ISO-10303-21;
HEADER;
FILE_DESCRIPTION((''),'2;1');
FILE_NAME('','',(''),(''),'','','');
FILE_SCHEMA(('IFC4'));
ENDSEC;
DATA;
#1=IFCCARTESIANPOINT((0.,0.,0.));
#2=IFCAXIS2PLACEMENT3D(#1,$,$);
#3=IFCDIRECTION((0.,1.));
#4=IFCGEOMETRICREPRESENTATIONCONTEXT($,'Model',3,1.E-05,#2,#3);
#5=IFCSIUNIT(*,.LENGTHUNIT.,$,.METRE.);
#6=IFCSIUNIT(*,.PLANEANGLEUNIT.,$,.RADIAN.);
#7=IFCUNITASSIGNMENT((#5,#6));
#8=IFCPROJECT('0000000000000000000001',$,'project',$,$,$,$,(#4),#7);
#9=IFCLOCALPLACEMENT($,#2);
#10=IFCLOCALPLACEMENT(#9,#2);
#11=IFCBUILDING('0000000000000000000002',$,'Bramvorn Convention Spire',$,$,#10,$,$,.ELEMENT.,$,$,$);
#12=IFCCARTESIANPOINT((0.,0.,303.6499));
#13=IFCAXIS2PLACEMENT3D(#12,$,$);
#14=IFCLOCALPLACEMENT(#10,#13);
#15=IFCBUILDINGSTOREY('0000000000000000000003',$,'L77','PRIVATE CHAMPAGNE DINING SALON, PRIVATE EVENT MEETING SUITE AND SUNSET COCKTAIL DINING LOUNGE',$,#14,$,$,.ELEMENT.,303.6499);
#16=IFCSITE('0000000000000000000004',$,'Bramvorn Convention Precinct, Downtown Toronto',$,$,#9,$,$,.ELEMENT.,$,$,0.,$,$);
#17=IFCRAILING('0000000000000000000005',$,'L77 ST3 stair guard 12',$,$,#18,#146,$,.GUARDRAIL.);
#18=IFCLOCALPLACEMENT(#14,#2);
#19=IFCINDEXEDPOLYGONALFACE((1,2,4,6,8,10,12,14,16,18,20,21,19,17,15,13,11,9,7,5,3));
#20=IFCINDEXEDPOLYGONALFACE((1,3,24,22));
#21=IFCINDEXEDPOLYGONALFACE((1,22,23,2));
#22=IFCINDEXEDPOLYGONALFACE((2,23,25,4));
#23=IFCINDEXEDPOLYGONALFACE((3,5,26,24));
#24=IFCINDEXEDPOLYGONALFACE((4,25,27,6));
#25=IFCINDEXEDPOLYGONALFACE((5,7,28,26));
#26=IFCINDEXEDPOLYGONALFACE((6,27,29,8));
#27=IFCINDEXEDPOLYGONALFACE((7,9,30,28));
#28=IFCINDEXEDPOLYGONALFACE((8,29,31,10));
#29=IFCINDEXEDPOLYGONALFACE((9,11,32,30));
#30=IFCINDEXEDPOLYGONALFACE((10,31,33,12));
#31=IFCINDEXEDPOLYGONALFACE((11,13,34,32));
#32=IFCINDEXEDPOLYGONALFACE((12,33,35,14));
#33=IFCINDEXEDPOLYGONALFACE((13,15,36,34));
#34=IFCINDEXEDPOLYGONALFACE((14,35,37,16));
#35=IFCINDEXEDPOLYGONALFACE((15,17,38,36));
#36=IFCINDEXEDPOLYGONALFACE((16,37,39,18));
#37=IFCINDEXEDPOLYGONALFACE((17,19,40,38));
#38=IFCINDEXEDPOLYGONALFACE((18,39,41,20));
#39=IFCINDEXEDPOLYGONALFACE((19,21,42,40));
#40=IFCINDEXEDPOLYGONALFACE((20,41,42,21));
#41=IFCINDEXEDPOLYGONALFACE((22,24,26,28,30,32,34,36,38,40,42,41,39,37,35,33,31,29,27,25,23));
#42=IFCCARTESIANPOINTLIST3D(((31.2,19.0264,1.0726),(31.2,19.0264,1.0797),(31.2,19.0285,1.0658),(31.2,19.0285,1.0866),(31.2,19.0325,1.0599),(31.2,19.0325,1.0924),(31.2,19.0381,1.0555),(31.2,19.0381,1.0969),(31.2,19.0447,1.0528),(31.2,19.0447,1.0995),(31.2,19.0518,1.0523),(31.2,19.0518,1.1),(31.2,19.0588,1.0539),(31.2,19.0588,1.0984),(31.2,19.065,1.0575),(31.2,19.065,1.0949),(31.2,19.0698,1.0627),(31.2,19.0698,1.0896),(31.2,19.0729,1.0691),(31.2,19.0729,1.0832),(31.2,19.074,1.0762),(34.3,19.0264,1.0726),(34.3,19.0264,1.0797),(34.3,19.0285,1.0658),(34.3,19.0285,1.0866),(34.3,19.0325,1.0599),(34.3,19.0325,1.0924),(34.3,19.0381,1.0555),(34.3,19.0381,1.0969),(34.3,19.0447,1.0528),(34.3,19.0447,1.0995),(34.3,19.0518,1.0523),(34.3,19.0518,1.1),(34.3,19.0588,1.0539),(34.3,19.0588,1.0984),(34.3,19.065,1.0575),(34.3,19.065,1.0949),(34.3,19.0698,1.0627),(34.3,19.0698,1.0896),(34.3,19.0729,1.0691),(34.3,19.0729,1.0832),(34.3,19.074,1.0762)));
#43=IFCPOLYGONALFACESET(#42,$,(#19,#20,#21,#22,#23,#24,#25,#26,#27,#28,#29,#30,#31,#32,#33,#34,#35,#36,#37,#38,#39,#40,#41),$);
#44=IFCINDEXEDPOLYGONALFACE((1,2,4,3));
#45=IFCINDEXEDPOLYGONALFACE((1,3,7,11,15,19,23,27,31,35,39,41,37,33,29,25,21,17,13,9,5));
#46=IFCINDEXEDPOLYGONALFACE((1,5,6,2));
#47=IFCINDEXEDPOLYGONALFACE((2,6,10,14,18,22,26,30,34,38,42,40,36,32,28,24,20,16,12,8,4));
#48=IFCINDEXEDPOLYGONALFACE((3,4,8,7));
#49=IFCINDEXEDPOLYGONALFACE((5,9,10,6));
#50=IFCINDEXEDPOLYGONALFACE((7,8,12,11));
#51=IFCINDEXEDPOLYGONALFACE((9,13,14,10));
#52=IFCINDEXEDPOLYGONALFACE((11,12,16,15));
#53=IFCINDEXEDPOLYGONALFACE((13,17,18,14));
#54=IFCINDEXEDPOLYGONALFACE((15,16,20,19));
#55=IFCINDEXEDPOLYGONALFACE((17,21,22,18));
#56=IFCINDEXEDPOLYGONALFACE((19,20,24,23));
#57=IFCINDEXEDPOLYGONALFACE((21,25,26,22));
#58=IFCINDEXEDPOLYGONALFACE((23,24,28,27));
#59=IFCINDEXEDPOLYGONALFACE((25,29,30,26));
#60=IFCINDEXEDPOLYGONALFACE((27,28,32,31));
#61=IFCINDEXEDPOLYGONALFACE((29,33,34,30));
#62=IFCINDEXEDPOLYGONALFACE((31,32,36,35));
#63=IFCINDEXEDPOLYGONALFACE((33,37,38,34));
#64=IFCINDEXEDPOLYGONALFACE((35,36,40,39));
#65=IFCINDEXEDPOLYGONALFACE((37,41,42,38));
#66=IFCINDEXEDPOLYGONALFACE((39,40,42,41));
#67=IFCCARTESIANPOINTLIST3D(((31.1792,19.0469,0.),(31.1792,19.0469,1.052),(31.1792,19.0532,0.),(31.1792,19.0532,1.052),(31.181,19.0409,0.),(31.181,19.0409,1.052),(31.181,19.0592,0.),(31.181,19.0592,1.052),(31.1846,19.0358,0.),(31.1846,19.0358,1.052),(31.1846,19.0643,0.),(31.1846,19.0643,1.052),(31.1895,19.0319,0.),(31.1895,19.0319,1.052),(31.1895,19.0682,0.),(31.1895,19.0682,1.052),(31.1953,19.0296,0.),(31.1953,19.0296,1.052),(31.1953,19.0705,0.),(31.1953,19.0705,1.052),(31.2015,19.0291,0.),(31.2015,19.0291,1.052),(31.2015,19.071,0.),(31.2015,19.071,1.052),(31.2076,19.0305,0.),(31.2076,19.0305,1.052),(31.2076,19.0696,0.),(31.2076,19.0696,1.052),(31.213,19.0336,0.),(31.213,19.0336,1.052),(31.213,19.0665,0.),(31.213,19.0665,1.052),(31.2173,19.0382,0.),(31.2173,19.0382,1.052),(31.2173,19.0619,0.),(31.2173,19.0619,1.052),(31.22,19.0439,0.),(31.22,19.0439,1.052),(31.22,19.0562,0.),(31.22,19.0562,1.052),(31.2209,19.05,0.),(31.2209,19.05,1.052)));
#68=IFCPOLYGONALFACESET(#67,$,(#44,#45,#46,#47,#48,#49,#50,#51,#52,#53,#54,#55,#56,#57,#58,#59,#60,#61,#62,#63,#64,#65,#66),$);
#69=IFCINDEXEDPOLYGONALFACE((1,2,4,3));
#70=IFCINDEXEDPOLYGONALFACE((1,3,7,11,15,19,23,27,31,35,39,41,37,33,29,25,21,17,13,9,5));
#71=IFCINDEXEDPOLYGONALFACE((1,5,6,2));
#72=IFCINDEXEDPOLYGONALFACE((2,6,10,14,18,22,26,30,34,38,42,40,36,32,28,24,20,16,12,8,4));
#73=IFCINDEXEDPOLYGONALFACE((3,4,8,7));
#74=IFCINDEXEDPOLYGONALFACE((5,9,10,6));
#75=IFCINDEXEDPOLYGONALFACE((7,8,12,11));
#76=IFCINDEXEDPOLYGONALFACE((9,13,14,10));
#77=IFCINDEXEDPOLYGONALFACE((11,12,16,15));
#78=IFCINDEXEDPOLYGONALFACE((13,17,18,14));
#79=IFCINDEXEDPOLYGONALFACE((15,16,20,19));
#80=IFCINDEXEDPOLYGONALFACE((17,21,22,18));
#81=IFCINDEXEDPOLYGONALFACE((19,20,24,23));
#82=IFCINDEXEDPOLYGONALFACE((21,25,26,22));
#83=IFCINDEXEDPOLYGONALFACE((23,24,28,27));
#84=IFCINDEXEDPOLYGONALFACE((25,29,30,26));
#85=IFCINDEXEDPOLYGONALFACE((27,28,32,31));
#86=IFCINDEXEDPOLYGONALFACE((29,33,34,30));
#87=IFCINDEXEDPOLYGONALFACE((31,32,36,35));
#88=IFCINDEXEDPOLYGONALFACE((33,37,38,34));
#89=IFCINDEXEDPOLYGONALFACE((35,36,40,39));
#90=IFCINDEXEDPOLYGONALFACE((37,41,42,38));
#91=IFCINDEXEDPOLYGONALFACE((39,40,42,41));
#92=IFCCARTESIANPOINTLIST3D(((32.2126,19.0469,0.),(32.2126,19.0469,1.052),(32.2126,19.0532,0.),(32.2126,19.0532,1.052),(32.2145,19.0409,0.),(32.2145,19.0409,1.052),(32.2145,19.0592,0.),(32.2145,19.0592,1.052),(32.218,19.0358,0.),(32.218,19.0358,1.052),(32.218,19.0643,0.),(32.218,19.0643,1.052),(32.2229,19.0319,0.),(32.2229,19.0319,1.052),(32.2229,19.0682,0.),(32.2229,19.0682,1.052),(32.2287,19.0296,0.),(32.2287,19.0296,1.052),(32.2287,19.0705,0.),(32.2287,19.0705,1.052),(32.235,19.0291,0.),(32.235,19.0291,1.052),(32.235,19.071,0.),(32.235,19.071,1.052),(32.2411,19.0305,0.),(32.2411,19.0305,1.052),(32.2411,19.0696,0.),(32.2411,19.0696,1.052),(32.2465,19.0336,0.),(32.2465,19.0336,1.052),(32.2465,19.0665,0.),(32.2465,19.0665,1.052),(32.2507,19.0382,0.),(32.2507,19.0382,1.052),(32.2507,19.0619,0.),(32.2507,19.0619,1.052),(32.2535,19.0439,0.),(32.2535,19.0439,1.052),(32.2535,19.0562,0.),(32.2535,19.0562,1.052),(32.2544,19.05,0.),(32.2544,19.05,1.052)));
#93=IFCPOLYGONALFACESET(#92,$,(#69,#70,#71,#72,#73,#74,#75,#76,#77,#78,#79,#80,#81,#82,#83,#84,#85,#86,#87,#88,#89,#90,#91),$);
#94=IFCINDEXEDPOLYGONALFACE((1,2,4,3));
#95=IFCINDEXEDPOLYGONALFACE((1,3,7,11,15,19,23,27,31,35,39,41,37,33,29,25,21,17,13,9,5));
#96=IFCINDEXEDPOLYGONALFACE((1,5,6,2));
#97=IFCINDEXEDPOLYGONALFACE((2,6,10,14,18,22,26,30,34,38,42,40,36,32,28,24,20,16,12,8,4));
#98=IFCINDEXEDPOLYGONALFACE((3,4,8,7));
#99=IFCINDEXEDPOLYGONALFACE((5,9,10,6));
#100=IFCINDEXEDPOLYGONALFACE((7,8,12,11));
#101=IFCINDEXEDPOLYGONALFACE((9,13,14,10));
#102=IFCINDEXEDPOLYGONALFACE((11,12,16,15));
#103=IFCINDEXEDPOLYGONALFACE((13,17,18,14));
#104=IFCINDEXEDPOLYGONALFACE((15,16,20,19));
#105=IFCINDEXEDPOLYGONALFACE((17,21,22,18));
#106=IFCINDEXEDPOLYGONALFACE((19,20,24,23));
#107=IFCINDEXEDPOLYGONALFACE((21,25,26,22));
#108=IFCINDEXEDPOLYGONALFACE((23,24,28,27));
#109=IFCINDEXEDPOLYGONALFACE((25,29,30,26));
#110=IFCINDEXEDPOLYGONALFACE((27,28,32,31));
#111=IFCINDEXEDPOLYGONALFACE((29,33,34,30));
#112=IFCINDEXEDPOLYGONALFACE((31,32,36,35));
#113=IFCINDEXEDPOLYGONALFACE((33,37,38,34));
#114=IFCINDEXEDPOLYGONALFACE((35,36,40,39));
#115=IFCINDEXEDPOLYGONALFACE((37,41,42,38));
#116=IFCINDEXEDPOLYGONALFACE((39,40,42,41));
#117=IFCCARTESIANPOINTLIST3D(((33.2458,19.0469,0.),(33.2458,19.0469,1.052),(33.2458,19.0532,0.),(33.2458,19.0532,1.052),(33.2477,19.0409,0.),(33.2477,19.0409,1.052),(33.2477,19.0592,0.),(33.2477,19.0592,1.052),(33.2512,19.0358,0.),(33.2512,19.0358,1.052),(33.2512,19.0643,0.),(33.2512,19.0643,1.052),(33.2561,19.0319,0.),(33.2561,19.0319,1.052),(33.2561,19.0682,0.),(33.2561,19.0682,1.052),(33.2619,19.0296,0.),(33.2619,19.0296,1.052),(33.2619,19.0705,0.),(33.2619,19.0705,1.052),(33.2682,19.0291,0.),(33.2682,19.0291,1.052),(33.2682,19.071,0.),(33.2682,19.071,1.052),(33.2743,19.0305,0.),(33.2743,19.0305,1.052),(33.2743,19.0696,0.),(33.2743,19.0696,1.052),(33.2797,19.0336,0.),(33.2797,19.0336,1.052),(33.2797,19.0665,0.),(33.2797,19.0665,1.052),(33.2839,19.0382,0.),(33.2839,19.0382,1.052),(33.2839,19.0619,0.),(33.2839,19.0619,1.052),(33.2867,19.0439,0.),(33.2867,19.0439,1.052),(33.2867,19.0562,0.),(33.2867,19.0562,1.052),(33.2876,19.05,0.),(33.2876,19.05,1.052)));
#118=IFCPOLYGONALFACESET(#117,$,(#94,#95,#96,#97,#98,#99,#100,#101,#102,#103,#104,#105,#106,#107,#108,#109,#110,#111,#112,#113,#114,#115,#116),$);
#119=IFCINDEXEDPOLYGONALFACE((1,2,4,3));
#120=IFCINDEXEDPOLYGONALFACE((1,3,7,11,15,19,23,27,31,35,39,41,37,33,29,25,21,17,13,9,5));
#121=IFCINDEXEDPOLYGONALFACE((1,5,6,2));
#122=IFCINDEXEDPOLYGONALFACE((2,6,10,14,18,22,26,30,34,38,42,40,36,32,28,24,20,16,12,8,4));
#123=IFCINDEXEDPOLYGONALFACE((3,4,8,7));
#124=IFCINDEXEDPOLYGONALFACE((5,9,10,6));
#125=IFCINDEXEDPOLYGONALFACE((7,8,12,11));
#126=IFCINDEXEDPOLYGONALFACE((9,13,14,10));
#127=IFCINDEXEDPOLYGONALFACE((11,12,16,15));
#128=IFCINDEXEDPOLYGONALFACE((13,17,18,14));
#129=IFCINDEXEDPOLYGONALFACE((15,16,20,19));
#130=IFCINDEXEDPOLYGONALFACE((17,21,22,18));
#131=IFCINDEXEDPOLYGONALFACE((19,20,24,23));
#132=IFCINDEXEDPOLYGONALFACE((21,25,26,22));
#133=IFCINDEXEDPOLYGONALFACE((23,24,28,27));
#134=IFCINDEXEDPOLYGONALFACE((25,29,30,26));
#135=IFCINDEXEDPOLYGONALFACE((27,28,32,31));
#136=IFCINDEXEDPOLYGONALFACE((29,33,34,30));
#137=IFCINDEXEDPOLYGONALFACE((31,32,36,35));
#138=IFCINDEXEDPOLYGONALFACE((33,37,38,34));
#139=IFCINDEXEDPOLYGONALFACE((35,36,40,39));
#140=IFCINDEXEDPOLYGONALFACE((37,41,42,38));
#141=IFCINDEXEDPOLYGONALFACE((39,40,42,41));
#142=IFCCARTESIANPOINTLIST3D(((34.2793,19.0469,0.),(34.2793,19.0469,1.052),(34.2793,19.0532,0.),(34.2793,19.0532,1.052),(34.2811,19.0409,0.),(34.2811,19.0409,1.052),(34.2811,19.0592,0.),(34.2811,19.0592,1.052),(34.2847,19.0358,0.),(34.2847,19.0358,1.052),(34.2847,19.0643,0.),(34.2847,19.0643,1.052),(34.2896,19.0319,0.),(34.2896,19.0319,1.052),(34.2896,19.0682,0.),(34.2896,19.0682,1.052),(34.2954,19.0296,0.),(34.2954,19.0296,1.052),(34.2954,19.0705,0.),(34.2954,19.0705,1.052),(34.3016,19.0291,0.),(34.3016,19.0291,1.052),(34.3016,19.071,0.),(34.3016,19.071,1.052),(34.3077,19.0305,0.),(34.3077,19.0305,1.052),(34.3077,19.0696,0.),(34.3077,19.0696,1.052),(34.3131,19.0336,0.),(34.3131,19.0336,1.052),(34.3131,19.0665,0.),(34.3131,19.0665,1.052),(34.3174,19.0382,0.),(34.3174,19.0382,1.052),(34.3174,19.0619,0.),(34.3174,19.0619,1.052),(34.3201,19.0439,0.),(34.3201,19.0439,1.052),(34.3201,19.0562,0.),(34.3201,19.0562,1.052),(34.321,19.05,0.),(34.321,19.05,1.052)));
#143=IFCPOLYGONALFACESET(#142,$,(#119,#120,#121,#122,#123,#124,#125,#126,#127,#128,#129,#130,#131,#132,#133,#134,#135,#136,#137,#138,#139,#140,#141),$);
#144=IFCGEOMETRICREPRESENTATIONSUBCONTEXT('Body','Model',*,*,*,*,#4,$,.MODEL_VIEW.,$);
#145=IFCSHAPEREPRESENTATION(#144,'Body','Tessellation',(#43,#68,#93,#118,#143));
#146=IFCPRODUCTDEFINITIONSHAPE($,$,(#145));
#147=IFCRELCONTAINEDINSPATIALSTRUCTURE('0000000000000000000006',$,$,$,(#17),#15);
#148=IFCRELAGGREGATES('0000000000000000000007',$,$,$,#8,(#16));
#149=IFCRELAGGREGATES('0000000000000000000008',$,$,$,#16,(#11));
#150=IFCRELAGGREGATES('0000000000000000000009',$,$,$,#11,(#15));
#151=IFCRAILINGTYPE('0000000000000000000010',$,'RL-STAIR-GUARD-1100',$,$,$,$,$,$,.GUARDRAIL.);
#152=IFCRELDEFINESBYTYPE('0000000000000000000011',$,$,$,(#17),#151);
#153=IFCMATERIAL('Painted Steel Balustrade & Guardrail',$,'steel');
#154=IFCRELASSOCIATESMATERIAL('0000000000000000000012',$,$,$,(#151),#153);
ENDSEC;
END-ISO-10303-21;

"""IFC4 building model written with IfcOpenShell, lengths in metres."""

from ifc_helpers import new_model, si_unit, direction, frame, origin, origin_2d, place, context, subcontext, project, spatial, circle, extrude, material, type_object, element, save


model = new_model("IFC4")

# Units and contexts
model_context = context("Model", 3, precision=1e-05, world=origin(), true_north=direction((0.0, 1.0)))
body_context = subcontext(model_context, "Body", "Model", "MODEL_VIEW")
ifc_project = project(units=[si_unit("LENGTHUNIT", "METRE"), si_unit("PLANEANGLEUNIT", "RADIAN")], contexts=[model_context])

# Site, building, storey
site_placement = place(None, origin())
site = spatial("IfcSite", under=ifc_project, at=site_placement, Name="Bramvorn Convention Precinct, Downtown Toronto", CompositionType="ELEMENT", RefElevation=0.0)
building_placement = place(site_placement, origin())
building = spatial("IfcBuilding", under=site, at=building_placement, Name="Bramvorn Convention Spire", CompositionType="ELEMENT")
storey_placement = place(building_placement, frame((0.0, 0.0, 303.6499)))
storey = spatial("IfcBuildingStorey", under=building, at=storey_placement, Name="L77", Description="PRIVATE CHAMPAGNE DINING SALON, PRIVATE EVENT MEETING SUITE AND SUNSET COCKTAIL DINING LOUNGE", CompositionType="ELEMENT", Elevation=303.6499)

# Railing
ifc_material_1 = material(Name="Painted Steel Balustrade & Guardrail", Category="steel")
railing_type_1 = type_object("IfcRailingType", Name="RL-STAIR-GUARD-1100", PredefinedType="GUARDRAIL", material=ifc_material_1)
railing_1_placement = place(storey_placement, frame((31.2, 19.05, 0.0)))
element("IfcRailing", 1, at=railing_1_placement, inside=storey, type_object=railing_type_1, Name="L77 ST3 stair guard 12", PredefinedType="GUARDRAIL", context=body_context, shape_type="SweptSolid", body=[
    extrude(circle(Radius=0.0239, at=origin_2d()), frame((0.0, 0.0, 1.0762), z_axis=(1.0, 0.0, 0.0), x_axis=(0.0, 1.0, 0.0)), (0.0, 0.0, 1.0), 3.1001),
    extrude(circle(Radius=0.021, at=origin_2d()), origin(), (0.0, 0.0, 1.0), 1.052),
    extrude(circle(Radius=0.021, at=origin_2d()), frame((1.0334, 0.0, 0.0)), (0.0, 0.0, 1.0), 1.052),
    extrude(circle(Radius=0.021, at=origin_2d()), frame((2.0667, 0.0, 0.0)), (0.0, 0.0, 1.0), 1.052),
    extrude(circle(Radius=0.021, at=origin_2d()), frame((3.1001, 0.0, 0.0)), (0.0, 0.0, 1.0), 1.052),
])

save(model, "model.ifc")
